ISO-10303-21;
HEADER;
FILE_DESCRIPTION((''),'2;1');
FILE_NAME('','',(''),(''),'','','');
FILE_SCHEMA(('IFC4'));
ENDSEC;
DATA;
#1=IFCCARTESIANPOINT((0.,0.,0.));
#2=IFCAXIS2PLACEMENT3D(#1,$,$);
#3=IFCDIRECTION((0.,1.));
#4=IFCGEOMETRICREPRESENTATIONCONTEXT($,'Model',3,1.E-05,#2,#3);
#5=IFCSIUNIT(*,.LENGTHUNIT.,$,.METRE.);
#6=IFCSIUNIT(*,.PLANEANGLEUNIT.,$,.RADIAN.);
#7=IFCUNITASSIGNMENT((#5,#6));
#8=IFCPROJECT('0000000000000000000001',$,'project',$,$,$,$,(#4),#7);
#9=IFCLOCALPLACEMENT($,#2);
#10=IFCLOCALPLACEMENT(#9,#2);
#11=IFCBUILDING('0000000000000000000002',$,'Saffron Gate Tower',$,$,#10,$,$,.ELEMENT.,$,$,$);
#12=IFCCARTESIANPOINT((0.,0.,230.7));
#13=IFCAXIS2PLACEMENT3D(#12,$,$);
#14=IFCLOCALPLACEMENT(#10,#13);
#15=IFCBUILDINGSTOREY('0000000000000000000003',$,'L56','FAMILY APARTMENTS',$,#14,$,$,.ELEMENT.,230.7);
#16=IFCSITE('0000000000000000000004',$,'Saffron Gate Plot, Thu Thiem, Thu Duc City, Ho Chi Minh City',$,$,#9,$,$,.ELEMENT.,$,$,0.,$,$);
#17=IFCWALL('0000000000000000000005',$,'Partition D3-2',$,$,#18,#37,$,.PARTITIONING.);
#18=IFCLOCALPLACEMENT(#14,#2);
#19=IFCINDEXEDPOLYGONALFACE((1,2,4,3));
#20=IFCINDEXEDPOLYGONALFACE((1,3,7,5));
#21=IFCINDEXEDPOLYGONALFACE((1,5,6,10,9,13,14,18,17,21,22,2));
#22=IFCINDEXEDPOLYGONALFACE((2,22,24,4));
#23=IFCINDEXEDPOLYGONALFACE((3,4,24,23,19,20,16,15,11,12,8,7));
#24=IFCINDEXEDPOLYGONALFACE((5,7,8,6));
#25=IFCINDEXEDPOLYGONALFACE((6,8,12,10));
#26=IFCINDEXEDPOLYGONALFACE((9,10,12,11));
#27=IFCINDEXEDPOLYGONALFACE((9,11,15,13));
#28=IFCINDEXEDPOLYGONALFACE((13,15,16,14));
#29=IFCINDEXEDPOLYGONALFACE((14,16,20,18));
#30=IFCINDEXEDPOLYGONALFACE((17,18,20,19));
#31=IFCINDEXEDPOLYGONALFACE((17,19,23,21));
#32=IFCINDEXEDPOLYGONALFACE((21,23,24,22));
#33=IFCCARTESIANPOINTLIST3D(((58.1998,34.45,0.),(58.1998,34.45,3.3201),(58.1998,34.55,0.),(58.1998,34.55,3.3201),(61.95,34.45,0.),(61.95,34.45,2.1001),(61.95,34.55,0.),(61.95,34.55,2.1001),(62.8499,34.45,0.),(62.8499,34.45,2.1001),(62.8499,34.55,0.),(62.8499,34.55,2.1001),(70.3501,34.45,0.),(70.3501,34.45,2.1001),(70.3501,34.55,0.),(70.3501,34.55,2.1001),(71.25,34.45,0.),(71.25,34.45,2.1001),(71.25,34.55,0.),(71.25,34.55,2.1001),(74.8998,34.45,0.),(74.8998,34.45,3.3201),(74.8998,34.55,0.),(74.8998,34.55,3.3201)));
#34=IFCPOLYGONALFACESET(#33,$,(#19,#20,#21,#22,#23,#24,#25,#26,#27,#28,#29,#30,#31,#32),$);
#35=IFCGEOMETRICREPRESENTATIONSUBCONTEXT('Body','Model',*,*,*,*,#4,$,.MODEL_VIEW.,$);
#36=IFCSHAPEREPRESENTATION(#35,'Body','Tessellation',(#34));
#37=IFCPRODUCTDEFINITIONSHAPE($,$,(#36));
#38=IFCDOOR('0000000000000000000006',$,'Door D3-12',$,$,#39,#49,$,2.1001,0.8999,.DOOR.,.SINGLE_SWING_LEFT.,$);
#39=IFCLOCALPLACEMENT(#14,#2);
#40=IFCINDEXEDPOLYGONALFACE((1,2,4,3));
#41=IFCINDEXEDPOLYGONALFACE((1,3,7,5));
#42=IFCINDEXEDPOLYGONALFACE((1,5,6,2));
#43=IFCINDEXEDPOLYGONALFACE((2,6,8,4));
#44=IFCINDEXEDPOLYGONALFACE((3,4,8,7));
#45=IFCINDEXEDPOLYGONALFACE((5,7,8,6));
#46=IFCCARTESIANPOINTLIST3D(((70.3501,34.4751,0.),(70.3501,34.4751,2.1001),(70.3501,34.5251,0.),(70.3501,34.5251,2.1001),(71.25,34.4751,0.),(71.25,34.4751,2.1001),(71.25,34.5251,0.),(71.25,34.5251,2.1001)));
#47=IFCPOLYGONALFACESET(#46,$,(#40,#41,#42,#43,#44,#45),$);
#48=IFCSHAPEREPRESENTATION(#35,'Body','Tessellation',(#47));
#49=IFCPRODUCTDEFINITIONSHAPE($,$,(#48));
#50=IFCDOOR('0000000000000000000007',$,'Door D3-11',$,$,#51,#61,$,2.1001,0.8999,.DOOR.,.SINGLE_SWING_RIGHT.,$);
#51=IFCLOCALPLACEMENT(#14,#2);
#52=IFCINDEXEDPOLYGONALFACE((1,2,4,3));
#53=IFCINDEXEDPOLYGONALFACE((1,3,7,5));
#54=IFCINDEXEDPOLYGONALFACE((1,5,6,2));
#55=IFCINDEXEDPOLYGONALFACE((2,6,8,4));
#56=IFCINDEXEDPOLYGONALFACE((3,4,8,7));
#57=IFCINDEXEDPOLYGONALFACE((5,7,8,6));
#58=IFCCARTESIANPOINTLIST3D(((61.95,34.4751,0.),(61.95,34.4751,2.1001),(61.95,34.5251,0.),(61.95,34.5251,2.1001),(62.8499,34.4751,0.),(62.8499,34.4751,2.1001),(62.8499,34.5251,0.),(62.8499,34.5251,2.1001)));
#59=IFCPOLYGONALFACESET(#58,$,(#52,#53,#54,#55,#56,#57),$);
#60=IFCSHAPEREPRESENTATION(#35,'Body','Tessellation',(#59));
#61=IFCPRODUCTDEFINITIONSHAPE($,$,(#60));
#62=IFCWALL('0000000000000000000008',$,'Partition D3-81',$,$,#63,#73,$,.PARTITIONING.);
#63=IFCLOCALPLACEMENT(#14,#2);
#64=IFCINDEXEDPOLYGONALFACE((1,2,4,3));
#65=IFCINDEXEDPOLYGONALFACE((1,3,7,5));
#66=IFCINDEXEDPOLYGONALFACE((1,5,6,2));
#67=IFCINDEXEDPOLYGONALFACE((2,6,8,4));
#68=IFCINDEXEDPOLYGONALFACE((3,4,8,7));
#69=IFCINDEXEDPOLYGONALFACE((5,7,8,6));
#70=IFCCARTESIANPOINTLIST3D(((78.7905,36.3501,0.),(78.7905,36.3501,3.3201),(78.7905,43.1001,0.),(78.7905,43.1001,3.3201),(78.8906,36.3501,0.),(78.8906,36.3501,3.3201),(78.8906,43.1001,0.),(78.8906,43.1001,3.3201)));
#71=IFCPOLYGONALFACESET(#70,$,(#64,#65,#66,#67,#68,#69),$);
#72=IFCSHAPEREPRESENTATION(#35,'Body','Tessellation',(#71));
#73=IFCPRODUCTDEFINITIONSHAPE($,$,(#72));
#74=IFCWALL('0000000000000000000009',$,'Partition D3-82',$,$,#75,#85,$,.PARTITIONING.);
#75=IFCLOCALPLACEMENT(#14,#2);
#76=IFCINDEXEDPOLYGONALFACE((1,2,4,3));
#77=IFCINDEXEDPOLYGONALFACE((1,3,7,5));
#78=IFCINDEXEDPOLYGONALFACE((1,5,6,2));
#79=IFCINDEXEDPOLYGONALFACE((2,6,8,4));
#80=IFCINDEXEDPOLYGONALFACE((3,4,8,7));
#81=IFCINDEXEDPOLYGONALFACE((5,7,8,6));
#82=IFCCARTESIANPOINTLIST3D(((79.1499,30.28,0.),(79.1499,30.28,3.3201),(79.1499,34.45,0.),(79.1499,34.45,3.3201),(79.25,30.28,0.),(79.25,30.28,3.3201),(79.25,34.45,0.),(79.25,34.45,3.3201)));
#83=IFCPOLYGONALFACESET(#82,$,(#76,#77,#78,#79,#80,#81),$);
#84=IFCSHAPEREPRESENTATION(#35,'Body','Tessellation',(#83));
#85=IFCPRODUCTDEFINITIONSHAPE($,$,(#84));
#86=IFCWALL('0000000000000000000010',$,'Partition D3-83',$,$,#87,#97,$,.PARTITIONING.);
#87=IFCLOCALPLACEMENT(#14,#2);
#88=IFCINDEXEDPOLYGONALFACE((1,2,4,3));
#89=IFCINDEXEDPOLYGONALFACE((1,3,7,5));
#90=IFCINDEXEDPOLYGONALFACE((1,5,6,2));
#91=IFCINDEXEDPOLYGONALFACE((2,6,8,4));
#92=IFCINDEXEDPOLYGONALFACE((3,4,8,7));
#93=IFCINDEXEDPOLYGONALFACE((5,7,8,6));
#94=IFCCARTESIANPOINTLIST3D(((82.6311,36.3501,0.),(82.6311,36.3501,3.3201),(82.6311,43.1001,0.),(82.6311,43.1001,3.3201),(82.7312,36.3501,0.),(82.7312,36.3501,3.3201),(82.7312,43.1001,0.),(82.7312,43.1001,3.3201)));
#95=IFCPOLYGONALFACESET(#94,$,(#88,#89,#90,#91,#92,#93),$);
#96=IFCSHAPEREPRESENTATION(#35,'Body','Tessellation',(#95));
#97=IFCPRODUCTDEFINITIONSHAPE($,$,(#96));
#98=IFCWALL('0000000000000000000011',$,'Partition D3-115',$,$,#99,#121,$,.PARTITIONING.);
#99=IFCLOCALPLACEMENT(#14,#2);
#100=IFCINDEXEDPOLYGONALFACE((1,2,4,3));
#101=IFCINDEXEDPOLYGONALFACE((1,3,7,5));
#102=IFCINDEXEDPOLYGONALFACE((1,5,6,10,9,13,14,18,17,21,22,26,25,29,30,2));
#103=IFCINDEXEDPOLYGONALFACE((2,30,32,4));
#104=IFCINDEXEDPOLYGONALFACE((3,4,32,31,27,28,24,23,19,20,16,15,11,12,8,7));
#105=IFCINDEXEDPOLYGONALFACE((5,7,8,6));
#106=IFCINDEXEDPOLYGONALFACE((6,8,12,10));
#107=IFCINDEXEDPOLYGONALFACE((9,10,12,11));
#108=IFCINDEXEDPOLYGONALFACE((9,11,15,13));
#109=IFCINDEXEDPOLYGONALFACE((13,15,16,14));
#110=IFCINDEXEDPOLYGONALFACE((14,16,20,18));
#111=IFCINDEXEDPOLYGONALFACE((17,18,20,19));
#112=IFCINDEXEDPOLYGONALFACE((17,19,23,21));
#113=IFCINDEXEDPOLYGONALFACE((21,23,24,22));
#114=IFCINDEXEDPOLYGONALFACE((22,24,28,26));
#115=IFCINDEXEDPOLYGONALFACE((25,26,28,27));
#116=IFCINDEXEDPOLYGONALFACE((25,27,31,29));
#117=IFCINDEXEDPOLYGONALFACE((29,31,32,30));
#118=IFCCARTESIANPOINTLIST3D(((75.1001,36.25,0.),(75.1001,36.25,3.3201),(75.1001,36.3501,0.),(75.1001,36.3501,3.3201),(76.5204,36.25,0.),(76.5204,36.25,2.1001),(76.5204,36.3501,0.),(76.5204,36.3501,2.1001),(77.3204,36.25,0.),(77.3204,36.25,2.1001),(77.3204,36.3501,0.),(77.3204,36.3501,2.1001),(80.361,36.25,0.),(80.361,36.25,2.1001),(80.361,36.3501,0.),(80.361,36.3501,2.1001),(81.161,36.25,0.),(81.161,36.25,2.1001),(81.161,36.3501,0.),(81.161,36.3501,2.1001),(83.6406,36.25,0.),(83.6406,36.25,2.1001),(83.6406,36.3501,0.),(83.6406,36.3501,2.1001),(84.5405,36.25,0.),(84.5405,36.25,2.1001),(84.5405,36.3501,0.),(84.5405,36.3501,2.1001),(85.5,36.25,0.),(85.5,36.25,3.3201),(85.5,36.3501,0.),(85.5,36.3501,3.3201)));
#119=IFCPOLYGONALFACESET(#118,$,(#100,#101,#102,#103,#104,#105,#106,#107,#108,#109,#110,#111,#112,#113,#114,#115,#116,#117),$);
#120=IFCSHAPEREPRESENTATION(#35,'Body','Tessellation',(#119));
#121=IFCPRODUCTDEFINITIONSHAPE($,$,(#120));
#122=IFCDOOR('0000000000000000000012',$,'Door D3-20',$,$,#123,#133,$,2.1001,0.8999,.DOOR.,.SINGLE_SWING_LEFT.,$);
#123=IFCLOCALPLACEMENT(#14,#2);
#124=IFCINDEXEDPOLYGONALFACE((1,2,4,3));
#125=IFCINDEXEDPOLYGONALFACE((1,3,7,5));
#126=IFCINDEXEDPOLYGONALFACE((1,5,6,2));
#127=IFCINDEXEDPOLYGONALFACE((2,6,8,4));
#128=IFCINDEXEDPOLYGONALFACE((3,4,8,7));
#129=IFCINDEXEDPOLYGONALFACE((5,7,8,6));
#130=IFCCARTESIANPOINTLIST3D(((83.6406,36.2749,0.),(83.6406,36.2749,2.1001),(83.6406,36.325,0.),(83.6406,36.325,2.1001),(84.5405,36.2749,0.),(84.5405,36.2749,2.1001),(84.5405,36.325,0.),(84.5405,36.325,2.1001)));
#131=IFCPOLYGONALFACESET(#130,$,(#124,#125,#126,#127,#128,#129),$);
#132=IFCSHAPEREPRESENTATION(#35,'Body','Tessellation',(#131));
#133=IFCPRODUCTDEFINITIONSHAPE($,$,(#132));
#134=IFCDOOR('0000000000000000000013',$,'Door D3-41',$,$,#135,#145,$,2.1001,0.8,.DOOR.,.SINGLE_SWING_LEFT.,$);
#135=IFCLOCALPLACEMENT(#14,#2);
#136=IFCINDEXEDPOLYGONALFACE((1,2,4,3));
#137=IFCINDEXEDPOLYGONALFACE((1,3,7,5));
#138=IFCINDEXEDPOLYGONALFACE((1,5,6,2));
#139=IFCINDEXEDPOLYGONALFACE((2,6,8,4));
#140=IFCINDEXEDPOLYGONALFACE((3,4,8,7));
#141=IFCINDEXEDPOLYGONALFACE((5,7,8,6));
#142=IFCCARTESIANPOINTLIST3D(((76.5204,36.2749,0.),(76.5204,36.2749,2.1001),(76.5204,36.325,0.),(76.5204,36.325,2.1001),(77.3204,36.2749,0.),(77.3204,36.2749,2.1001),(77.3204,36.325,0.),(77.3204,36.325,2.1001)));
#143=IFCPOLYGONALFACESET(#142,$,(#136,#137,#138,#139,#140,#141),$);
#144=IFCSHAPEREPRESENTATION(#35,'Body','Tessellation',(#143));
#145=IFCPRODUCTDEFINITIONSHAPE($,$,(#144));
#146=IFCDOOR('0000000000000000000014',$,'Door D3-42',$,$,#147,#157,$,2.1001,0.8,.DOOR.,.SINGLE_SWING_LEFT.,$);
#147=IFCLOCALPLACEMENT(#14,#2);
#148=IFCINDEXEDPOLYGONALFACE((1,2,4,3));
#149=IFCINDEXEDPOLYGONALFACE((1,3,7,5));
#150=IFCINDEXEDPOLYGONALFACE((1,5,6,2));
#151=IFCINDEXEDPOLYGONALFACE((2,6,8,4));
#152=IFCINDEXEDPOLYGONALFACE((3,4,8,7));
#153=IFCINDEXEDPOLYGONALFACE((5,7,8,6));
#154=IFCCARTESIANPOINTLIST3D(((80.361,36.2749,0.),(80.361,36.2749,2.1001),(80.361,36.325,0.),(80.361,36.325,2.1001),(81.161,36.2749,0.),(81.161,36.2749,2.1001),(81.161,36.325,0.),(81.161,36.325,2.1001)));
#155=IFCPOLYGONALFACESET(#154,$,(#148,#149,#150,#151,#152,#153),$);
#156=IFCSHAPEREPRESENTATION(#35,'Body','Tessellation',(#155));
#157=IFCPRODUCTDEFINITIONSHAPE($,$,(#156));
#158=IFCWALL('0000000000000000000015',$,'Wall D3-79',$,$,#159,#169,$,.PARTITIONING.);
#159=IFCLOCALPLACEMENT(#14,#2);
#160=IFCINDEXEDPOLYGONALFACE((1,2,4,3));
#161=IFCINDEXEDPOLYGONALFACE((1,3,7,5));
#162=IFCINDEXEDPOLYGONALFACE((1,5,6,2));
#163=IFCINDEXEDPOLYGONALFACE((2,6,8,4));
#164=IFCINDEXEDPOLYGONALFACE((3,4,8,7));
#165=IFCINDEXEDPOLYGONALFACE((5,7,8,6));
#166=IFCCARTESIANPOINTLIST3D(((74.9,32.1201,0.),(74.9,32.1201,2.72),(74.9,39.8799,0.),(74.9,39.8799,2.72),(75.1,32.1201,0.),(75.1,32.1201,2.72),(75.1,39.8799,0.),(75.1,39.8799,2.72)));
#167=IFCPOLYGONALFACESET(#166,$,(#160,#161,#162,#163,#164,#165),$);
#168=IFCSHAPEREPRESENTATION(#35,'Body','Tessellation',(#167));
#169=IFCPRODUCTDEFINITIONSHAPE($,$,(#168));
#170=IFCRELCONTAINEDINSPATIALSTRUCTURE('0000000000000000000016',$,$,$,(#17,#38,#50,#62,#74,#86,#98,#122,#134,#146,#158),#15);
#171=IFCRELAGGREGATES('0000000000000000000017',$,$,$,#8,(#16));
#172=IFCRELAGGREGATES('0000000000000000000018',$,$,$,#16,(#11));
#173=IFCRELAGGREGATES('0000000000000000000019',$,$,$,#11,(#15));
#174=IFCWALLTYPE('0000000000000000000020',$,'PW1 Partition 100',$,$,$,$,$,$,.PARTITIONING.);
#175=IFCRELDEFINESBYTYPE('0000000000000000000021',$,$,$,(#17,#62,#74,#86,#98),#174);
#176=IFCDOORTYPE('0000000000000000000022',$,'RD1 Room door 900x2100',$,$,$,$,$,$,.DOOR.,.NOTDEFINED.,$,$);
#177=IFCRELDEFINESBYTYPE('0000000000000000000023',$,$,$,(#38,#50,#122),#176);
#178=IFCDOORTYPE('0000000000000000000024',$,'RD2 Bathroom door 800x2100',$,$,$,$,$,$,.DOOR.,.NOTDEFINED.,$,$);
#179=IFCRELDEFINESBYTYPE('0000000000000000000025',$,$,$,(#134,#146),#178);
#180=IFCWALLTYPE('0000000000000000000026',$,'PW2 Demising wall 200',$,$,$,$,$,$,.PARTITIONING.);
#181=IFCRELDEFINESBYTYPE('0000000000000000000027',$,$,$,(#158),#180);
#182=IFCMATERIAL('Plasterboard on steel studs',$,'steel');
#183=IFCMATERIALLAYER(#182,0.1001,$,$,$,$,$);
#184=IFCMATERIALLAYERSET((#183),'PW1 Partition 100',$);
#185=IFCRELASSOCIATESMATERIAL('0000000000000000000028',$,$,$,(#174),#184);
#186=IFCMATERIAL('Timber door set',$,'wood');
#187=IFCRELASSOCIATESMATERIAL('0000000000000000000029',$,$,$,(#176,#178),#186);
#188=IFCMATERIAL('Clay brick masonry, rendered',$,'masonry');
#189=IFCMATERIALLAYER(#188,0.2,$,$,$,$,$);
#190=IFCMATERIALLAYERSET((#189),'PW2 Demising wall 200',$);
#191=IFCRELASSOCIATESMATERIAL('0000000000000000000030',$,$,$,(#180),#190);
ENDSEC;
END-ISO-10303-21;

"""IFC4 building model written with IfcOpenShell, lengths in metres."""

from ifc_helpers import new_model, si_unit, direction, frame, frame_2d, origin, place, context, subcontext, project, spatial, rectangle, extrude, material, layer, layer_set, type_object, element, fill, save


model = new_model("IFC4")

# Units and contexts
model_context = context("Model", 3, precision=1e-05, world=origin(), true_north=direction((0.0, 1.0)))
body_context = subcontext(model_context, "Body", "Model", "MODEL_VIEW")
ifc_project = project(units=[si_unit("LENGTHUNIT", "METRE"), si_unit("PLANEANGLEUNIT", "RADIAN")], contexts=[model_context])

# Site, building, storey
site_placement = place(None, origin())
site = spatial("IfcSite", under=ifc_project, at=site_placement, Name="Saffron Gate Plot, Thu Thiem, Thu Duc City, Ho Chi Minh City", CompositionType="ELEMENT", RefElevation=0.0)
building_placement = place(site_placement, origin())
building = spatial("IfcBuilding", under=site, at=building_placement, Name="Saffron Gate Tower", CompositionType="ELEMENT")
storey_placement = place(building_placement, frame((0.0, 0.0, 230.7)))
storey = spatial("IfcBuildingStorey", under=building, at=storey_placement, Name="L56", Description="FAMILY APARTMENTS", CompositionType="ELEMENT", Elevation=230.7)

# Wall, openings, doors
ifc_material_1 = material(Name="Plasterboard on steel studs", Category="steel")
ifc_layer_1 = layer(ifc_material_1, 0.1001)
ifc_layer_set_1 = layer_set([ifc_layer_1], Name="PW1 Partition 100")
wall_type_1 = type_object("IfcWallType", Name="PW1 Partition 100", PredefinedType="PARTITIONING", material=ifc_layer_set_1)
wall_1_placement = place(storey_placement, frame((74.8999, 34.5, 0.0), z_axis=(0.0, 0.0, 1.0), x_axis=(-1.0, 0.0, 0.0)))
wall_1 = element("IfcWall", 1, at=wall_1_placement, inside=storey, type_object=wall_type_1, Name="Partition D3-2", PredefinedType="PARTITIONING", context=body_context, shape_type="SweptSolid", body=[
    extrude(rectangle(XDim=16.7, YDim=0.1001, at=frame_2d((8.3501, 0.0))), origin(), (0.0, 0.0, 1.0), 3.3201),
])
opening_1_placement = place(wall_1_placement, frame((3.6499, 0.0, 0.0)))
opening_1 = element("IfcOpeningElement", 2, at=opening_1_placement, cuts=wall_1, PredefinedType="OPENING", context=body_context, shape_type="SweptSolid", body=[
    extrude(rectangle(XDim=0.8999, YDim=2.1001, at=frame_2d((0.45, 1.05))), frame((0.0, 0.0601, 0.0), z_axis=(0.0, -1.0, 0.0), x_axis=(1.0, 0.0, 0.0)), (0.0, 0.0, 1.0), 0.1201),
])
opening_2_placement = place(wall_1_placement, frame((12.05, 0.0, 0.0)))
opening_2 = element("IfcOpeningElement", 3, at=opening_2_placement, cuts=wall_1, PredefinedType="OPENING", context=body_context, shape_type="SweptSolid", body=[
    extrude(rectangle(XDim=0.8999, YDim=2.1001, at=frame_2d((0.45, 1.05))), frame((0.0, 0.0601, 0.0), z_axis=(0.0, -1.0, 0.0), x_axis=(1.0, 0.0, 0.0)), (0.0, 0.0, 1.0), 0.1201),
])
ifc_material_2 = material(Name="Timber door set", Category="wood")
door_type_1 = type_object("IfcDoorType", Name="RD1 Room door 900x2100", OperationType="NOTDEFINED", PredefinedType="DOOR", material=ifc_material_2)
door_1_placement = place(opening_1_placement, origin())
door_1 = element("IfcDoor", 4, at=door_1_placement, inside=storey, type_object=door_type_1, Name="Door D3-12", OperationType="SINGLE_SWING_LEFT", OverallHeight=2.1001, OverallWidth=0.8999, PredefinedType="DOOR", context=body_context, shape_type="SweptSolid", body=[
    extrude(rectangle(XDim=0.8999, YDim=2.1001, at=frame_2d((0.45, 1.05))), frame((0.0, 0.0249, 0.0), z_axis=(0.0, -1.0, 0.0), x_axis=(1.0, 0.0, 0.0)), (0.0, 0.0, 1.0), 0.05),
])
fill(opening_1, door_1)
door_2_placement = place(opening_2_placement, origin())
door_2 = element("IfcDoor", 5, at=door_2_placement, inside=storey, type_object=door_type_1, Name="Door D3-11", OperationType="SINGLE_SWING_RIGHT", OverallHeight=2.1001, OverallWidth=0.8999, PredefinedType="DOOR", context=body_context, shape_type="SweptSolid", body=[
    extrude(rectangle(XDim=0.8999, YDim=2.1001, at=frame_2d((0.45, 1.05))), frame((0.0, 0.0249, 0.0), z_axis=(0.0, -1.0, 0.0), x_axis=(1.0, 0.0, 0.0)), (0.0, 0.0, 1.0), 0.05),
])
fill(opening_2, door_2)

# Walls
wall_2_placement = place(storey_placement, frame((78.8406, 43.1001, 0.0), z_axis=(0.0, 0.0, 1.0), x_axis=(0.0, -1.0, 0.0)))
element("IfcWall", 6, at=wall_2_placement, inside=storey, type_object=wall_type_1, Name="Partition D3-81", PredefinedType="PARTITIONING", context=body_context, shape_type="SweptSolid", body=[
    extrude(rectangle(XDim=6.75, YDim=0.1001, at=frame_2d((3.375, 0.0))), origin(), (0.0, 0.0, 1.0), 3.3201),
])
wall_3_placement = place(storey_placement, frame((79.2, 34.45, 0.0), z_axis=(0.0, 0.0, 1.0), x_axis=(0.0, -1.0, 0.0)))
element("IfcWall", 7, at=wall_3_placement, inside=storey, type_object=wall_type_1, Name="Partition D3-82", PredefinedType="PARTITIONING", context=body_context, shape_type="SweptSolid", body=[
    extrude(rectangle(XDim=4.1699, YDim=0.1001, at=frame_2d((2.085, 0.0))), origin(), (0.0, 0.0, 1.0), 3.3201),
])
wall_4_placement = place(storey_placement, frame((82.6812, 43.1001, 0.0), z_axis=(0.0, 0.0, 1.0), x_axis=(0.0, -1.0, 0.0)))
element("IfcWall", 8, at=wall_4_placement, inside=storey, type_object=wall_type_1, Name="Partition D3-83", PredefinedType="PARTITIONING", context=body_context, shape_type="SweptSolid", body=[
    extrude(rectangle(XDim=6.75, YDim=0.1001, at=frame_2d((3.375, 0.0))), origin(), (0.0, 0.0, 1.0), 3.3201),
])

# Wall, openings, doors
wall_5_placement = place(storey_placement, frame((75.1001, 36.3, 0.0), z_axis=(0.0, 0.0, 1.0), x_axis=(1.0, 0.0, 0.0)))
wall_5 = element("IfcWall", 9, at=wall_5_placement, inside=storey, type_object=wall_type_1, Name="Partition D3-115", PredefinedType="PARTITIONING", context=body_context, shape_type="SweptSolid", body=[
    extrude(rectangle(XDim=10.3999, YDim=0.1001, at=frame_2d((5.2, 0.0))), origin(), (0.0, 0.0, 1.0), 3.3201),
])
opening_3_placement = place(wall_5_placement, frame((1.4204, 0.0, 0.0)))
opening_3 = element("IfcOpeningElement", 10, at=opening_3_placement, cuts=wall_5, PredefinedType="OPENING", context=body_context, shape_type="SweptSolid", body=[
    extrude(rectangle(XDim=0.8, YDim=2.1001, at=frame_2d((0.3999, 1.05))), frame((0.0, 0.0601, 0.0), z_axis=(0.0, -1.0, 0.0), x_axis=(1.0, 0.0, 0.0)), (0.0, 0.0, 1.0), 0.1201),
])
opening_4_placement = place(wall_5_placement, frame((5.261, 0.0, 0.0)))
opening_4 = element("IfcOpeningElement", 11, at=opening_4_placement, cuts=wall_5, PredefinedType="OPENING", context=body_context, shape_type="SweptSolid", body=[
    extrude(rectangle(XDim=0.8, YDim=2.1001, at=frame_2d((0.3999, 1.05))), frame((0.0, 0.0601, 0.0), z_axis=(0.0, -1.0, 0.0), x_axis=(1.0, 0.0, 0.0)), (0.0, 0.0, 1.0), 0.1201),
])
opening_5_placement = place(wall_5_placement, frame((8.5405, 0.0, 0.0)))
opening_5 = element("IfcOpeningElement", 12, at=opening_5_placement, cuts=wall_5, PredefinedType="OPENING", context=body_context, shape_type="SweptSolid", body=[
    extrude(rectangle(XDim=0.8999, YDim=2.1001, at=frame_2d((0.45, 1.05))), frame((0.0, 0.0601, 0.0), z_axis=(0.0, -1.0, 0.0), x_axis=(1.0, 0.0, 0.0)), (0.0, 0.0, 1.0), 0.1201),
])
door_3_placement = place(opening_5_placement, origin())
door_3 = element("IfcDoor", 13, at=door_3_placement, inside=storey, type_object=door_type_1, Name="Door D3-20", OperationType="SINGLE_SWING_LEFT", OverallHeight=2.1001, OverallWidth=0.8999, PredefinedType="DOOR", context=body_context, shape_type="SweptSolid", body=[
    extrude(rectangle(XDim=0.8999, YDim=2.1001, at=frame_2d((0.45, 1.05))), frame((0.0, 0.0249, 0.0), z_axis=(0.0, -1.0, 0.0), x_axis=(1.0, 0.0, 0.0)), (0.0, 0.0, 1.0), 0.05),
])
fill(opening_5, door_3)
door_type_2 = type_object("IfcDoorType", Name="RD2 Bathroom door 800x2100", OperationType="NOTDEFINED", PredefinedType="DOOR", material=ifc_material_2)
door_4_placement = place(opening_3_placement, origin())
door_4 = element("IfcDoor", 14, at=door_4_placement, inside=storey, type_object=door_type_2, Name="Door D3-41", OperationType="SINGLE_SWING_LEFT", OverallHeight=2.1001, OverallWidth=0.8, PredefinedType="DOOR", context=body_context, shape_type="SweptSolid", body=[
    extrude(rectangle(XDim=0.8, YDim=2.1001, at=frame_2d((0.3999, 1.05))), frame((0.0, 0.0249, 0.0), z_axis=(0.0, -1.0, 0.0), x_axis=(1.0, 0.0, 0.0)), (0.0, 0.0, 1.0), 0.05),
])
fill(opening_3, door_4)
door_5_placement = place(opening_4_placement, origin())
door_5 = element("IfcDoor", 15, at=door_5_placement, inside=storey, type_object=door_type_2, Name="Door D3-42", OperationType="SINGLE_SWING_LEFT", OverallHeight=2.1001, OverallWidth=0.8, PredefinedType="DOOR", context=body_context, shape_type="SweptSolid", body=[
    extrude(rectangle(XDim=0.8, YDim=2.1001, at=frame_2d((0.3999, 1.05))), frame((0.0, 0.0249, 0.0), z_axis=(0.0, -1.0, 0.0), x_axis=(1.0, 0.0, 0.0)), (0.0, 0.0, 1.0), 0.05),
])
fill(opening_4, door_5)

# Wall
ifc_material_3 = material(Name="Clay brick masonry, rendered", Category="masonry")
ifc_layer_2 = layer(ifc_material_3, 0.2)
ifc_layer_set_2 = layer_set([ifc_layer_2], Name="PW2 Demising wall 200")
wall_type_2 = type_object("IfcWallType", Name="PW2 Demising wall 200", PredefinedType="PARTITIONING", material=ifc_layer_set_2)
wall_6_placement = place(storey_placement, frame((75.0, 39.8799, 0.0), z_axis=(0.0, 0.0, 1.0), x_axis=(0.0, -1.0, 0.0)))
element("IfcWall", 16, at=wall_6_placement, inside=storey, type_object=wall_type_2, Name="Wall D3-79", PredefinedType="PARTITIONING", context=body_context, shape_type="SweptSolid", body=[
    extrude(rectangle(XDim=7.7598, YDim=0.2, at=frame_2d((3.8799, 0.0))), origin(), (0.0, 0.0, 1.0), 2.72),
])

save(model, "model.ifc")
